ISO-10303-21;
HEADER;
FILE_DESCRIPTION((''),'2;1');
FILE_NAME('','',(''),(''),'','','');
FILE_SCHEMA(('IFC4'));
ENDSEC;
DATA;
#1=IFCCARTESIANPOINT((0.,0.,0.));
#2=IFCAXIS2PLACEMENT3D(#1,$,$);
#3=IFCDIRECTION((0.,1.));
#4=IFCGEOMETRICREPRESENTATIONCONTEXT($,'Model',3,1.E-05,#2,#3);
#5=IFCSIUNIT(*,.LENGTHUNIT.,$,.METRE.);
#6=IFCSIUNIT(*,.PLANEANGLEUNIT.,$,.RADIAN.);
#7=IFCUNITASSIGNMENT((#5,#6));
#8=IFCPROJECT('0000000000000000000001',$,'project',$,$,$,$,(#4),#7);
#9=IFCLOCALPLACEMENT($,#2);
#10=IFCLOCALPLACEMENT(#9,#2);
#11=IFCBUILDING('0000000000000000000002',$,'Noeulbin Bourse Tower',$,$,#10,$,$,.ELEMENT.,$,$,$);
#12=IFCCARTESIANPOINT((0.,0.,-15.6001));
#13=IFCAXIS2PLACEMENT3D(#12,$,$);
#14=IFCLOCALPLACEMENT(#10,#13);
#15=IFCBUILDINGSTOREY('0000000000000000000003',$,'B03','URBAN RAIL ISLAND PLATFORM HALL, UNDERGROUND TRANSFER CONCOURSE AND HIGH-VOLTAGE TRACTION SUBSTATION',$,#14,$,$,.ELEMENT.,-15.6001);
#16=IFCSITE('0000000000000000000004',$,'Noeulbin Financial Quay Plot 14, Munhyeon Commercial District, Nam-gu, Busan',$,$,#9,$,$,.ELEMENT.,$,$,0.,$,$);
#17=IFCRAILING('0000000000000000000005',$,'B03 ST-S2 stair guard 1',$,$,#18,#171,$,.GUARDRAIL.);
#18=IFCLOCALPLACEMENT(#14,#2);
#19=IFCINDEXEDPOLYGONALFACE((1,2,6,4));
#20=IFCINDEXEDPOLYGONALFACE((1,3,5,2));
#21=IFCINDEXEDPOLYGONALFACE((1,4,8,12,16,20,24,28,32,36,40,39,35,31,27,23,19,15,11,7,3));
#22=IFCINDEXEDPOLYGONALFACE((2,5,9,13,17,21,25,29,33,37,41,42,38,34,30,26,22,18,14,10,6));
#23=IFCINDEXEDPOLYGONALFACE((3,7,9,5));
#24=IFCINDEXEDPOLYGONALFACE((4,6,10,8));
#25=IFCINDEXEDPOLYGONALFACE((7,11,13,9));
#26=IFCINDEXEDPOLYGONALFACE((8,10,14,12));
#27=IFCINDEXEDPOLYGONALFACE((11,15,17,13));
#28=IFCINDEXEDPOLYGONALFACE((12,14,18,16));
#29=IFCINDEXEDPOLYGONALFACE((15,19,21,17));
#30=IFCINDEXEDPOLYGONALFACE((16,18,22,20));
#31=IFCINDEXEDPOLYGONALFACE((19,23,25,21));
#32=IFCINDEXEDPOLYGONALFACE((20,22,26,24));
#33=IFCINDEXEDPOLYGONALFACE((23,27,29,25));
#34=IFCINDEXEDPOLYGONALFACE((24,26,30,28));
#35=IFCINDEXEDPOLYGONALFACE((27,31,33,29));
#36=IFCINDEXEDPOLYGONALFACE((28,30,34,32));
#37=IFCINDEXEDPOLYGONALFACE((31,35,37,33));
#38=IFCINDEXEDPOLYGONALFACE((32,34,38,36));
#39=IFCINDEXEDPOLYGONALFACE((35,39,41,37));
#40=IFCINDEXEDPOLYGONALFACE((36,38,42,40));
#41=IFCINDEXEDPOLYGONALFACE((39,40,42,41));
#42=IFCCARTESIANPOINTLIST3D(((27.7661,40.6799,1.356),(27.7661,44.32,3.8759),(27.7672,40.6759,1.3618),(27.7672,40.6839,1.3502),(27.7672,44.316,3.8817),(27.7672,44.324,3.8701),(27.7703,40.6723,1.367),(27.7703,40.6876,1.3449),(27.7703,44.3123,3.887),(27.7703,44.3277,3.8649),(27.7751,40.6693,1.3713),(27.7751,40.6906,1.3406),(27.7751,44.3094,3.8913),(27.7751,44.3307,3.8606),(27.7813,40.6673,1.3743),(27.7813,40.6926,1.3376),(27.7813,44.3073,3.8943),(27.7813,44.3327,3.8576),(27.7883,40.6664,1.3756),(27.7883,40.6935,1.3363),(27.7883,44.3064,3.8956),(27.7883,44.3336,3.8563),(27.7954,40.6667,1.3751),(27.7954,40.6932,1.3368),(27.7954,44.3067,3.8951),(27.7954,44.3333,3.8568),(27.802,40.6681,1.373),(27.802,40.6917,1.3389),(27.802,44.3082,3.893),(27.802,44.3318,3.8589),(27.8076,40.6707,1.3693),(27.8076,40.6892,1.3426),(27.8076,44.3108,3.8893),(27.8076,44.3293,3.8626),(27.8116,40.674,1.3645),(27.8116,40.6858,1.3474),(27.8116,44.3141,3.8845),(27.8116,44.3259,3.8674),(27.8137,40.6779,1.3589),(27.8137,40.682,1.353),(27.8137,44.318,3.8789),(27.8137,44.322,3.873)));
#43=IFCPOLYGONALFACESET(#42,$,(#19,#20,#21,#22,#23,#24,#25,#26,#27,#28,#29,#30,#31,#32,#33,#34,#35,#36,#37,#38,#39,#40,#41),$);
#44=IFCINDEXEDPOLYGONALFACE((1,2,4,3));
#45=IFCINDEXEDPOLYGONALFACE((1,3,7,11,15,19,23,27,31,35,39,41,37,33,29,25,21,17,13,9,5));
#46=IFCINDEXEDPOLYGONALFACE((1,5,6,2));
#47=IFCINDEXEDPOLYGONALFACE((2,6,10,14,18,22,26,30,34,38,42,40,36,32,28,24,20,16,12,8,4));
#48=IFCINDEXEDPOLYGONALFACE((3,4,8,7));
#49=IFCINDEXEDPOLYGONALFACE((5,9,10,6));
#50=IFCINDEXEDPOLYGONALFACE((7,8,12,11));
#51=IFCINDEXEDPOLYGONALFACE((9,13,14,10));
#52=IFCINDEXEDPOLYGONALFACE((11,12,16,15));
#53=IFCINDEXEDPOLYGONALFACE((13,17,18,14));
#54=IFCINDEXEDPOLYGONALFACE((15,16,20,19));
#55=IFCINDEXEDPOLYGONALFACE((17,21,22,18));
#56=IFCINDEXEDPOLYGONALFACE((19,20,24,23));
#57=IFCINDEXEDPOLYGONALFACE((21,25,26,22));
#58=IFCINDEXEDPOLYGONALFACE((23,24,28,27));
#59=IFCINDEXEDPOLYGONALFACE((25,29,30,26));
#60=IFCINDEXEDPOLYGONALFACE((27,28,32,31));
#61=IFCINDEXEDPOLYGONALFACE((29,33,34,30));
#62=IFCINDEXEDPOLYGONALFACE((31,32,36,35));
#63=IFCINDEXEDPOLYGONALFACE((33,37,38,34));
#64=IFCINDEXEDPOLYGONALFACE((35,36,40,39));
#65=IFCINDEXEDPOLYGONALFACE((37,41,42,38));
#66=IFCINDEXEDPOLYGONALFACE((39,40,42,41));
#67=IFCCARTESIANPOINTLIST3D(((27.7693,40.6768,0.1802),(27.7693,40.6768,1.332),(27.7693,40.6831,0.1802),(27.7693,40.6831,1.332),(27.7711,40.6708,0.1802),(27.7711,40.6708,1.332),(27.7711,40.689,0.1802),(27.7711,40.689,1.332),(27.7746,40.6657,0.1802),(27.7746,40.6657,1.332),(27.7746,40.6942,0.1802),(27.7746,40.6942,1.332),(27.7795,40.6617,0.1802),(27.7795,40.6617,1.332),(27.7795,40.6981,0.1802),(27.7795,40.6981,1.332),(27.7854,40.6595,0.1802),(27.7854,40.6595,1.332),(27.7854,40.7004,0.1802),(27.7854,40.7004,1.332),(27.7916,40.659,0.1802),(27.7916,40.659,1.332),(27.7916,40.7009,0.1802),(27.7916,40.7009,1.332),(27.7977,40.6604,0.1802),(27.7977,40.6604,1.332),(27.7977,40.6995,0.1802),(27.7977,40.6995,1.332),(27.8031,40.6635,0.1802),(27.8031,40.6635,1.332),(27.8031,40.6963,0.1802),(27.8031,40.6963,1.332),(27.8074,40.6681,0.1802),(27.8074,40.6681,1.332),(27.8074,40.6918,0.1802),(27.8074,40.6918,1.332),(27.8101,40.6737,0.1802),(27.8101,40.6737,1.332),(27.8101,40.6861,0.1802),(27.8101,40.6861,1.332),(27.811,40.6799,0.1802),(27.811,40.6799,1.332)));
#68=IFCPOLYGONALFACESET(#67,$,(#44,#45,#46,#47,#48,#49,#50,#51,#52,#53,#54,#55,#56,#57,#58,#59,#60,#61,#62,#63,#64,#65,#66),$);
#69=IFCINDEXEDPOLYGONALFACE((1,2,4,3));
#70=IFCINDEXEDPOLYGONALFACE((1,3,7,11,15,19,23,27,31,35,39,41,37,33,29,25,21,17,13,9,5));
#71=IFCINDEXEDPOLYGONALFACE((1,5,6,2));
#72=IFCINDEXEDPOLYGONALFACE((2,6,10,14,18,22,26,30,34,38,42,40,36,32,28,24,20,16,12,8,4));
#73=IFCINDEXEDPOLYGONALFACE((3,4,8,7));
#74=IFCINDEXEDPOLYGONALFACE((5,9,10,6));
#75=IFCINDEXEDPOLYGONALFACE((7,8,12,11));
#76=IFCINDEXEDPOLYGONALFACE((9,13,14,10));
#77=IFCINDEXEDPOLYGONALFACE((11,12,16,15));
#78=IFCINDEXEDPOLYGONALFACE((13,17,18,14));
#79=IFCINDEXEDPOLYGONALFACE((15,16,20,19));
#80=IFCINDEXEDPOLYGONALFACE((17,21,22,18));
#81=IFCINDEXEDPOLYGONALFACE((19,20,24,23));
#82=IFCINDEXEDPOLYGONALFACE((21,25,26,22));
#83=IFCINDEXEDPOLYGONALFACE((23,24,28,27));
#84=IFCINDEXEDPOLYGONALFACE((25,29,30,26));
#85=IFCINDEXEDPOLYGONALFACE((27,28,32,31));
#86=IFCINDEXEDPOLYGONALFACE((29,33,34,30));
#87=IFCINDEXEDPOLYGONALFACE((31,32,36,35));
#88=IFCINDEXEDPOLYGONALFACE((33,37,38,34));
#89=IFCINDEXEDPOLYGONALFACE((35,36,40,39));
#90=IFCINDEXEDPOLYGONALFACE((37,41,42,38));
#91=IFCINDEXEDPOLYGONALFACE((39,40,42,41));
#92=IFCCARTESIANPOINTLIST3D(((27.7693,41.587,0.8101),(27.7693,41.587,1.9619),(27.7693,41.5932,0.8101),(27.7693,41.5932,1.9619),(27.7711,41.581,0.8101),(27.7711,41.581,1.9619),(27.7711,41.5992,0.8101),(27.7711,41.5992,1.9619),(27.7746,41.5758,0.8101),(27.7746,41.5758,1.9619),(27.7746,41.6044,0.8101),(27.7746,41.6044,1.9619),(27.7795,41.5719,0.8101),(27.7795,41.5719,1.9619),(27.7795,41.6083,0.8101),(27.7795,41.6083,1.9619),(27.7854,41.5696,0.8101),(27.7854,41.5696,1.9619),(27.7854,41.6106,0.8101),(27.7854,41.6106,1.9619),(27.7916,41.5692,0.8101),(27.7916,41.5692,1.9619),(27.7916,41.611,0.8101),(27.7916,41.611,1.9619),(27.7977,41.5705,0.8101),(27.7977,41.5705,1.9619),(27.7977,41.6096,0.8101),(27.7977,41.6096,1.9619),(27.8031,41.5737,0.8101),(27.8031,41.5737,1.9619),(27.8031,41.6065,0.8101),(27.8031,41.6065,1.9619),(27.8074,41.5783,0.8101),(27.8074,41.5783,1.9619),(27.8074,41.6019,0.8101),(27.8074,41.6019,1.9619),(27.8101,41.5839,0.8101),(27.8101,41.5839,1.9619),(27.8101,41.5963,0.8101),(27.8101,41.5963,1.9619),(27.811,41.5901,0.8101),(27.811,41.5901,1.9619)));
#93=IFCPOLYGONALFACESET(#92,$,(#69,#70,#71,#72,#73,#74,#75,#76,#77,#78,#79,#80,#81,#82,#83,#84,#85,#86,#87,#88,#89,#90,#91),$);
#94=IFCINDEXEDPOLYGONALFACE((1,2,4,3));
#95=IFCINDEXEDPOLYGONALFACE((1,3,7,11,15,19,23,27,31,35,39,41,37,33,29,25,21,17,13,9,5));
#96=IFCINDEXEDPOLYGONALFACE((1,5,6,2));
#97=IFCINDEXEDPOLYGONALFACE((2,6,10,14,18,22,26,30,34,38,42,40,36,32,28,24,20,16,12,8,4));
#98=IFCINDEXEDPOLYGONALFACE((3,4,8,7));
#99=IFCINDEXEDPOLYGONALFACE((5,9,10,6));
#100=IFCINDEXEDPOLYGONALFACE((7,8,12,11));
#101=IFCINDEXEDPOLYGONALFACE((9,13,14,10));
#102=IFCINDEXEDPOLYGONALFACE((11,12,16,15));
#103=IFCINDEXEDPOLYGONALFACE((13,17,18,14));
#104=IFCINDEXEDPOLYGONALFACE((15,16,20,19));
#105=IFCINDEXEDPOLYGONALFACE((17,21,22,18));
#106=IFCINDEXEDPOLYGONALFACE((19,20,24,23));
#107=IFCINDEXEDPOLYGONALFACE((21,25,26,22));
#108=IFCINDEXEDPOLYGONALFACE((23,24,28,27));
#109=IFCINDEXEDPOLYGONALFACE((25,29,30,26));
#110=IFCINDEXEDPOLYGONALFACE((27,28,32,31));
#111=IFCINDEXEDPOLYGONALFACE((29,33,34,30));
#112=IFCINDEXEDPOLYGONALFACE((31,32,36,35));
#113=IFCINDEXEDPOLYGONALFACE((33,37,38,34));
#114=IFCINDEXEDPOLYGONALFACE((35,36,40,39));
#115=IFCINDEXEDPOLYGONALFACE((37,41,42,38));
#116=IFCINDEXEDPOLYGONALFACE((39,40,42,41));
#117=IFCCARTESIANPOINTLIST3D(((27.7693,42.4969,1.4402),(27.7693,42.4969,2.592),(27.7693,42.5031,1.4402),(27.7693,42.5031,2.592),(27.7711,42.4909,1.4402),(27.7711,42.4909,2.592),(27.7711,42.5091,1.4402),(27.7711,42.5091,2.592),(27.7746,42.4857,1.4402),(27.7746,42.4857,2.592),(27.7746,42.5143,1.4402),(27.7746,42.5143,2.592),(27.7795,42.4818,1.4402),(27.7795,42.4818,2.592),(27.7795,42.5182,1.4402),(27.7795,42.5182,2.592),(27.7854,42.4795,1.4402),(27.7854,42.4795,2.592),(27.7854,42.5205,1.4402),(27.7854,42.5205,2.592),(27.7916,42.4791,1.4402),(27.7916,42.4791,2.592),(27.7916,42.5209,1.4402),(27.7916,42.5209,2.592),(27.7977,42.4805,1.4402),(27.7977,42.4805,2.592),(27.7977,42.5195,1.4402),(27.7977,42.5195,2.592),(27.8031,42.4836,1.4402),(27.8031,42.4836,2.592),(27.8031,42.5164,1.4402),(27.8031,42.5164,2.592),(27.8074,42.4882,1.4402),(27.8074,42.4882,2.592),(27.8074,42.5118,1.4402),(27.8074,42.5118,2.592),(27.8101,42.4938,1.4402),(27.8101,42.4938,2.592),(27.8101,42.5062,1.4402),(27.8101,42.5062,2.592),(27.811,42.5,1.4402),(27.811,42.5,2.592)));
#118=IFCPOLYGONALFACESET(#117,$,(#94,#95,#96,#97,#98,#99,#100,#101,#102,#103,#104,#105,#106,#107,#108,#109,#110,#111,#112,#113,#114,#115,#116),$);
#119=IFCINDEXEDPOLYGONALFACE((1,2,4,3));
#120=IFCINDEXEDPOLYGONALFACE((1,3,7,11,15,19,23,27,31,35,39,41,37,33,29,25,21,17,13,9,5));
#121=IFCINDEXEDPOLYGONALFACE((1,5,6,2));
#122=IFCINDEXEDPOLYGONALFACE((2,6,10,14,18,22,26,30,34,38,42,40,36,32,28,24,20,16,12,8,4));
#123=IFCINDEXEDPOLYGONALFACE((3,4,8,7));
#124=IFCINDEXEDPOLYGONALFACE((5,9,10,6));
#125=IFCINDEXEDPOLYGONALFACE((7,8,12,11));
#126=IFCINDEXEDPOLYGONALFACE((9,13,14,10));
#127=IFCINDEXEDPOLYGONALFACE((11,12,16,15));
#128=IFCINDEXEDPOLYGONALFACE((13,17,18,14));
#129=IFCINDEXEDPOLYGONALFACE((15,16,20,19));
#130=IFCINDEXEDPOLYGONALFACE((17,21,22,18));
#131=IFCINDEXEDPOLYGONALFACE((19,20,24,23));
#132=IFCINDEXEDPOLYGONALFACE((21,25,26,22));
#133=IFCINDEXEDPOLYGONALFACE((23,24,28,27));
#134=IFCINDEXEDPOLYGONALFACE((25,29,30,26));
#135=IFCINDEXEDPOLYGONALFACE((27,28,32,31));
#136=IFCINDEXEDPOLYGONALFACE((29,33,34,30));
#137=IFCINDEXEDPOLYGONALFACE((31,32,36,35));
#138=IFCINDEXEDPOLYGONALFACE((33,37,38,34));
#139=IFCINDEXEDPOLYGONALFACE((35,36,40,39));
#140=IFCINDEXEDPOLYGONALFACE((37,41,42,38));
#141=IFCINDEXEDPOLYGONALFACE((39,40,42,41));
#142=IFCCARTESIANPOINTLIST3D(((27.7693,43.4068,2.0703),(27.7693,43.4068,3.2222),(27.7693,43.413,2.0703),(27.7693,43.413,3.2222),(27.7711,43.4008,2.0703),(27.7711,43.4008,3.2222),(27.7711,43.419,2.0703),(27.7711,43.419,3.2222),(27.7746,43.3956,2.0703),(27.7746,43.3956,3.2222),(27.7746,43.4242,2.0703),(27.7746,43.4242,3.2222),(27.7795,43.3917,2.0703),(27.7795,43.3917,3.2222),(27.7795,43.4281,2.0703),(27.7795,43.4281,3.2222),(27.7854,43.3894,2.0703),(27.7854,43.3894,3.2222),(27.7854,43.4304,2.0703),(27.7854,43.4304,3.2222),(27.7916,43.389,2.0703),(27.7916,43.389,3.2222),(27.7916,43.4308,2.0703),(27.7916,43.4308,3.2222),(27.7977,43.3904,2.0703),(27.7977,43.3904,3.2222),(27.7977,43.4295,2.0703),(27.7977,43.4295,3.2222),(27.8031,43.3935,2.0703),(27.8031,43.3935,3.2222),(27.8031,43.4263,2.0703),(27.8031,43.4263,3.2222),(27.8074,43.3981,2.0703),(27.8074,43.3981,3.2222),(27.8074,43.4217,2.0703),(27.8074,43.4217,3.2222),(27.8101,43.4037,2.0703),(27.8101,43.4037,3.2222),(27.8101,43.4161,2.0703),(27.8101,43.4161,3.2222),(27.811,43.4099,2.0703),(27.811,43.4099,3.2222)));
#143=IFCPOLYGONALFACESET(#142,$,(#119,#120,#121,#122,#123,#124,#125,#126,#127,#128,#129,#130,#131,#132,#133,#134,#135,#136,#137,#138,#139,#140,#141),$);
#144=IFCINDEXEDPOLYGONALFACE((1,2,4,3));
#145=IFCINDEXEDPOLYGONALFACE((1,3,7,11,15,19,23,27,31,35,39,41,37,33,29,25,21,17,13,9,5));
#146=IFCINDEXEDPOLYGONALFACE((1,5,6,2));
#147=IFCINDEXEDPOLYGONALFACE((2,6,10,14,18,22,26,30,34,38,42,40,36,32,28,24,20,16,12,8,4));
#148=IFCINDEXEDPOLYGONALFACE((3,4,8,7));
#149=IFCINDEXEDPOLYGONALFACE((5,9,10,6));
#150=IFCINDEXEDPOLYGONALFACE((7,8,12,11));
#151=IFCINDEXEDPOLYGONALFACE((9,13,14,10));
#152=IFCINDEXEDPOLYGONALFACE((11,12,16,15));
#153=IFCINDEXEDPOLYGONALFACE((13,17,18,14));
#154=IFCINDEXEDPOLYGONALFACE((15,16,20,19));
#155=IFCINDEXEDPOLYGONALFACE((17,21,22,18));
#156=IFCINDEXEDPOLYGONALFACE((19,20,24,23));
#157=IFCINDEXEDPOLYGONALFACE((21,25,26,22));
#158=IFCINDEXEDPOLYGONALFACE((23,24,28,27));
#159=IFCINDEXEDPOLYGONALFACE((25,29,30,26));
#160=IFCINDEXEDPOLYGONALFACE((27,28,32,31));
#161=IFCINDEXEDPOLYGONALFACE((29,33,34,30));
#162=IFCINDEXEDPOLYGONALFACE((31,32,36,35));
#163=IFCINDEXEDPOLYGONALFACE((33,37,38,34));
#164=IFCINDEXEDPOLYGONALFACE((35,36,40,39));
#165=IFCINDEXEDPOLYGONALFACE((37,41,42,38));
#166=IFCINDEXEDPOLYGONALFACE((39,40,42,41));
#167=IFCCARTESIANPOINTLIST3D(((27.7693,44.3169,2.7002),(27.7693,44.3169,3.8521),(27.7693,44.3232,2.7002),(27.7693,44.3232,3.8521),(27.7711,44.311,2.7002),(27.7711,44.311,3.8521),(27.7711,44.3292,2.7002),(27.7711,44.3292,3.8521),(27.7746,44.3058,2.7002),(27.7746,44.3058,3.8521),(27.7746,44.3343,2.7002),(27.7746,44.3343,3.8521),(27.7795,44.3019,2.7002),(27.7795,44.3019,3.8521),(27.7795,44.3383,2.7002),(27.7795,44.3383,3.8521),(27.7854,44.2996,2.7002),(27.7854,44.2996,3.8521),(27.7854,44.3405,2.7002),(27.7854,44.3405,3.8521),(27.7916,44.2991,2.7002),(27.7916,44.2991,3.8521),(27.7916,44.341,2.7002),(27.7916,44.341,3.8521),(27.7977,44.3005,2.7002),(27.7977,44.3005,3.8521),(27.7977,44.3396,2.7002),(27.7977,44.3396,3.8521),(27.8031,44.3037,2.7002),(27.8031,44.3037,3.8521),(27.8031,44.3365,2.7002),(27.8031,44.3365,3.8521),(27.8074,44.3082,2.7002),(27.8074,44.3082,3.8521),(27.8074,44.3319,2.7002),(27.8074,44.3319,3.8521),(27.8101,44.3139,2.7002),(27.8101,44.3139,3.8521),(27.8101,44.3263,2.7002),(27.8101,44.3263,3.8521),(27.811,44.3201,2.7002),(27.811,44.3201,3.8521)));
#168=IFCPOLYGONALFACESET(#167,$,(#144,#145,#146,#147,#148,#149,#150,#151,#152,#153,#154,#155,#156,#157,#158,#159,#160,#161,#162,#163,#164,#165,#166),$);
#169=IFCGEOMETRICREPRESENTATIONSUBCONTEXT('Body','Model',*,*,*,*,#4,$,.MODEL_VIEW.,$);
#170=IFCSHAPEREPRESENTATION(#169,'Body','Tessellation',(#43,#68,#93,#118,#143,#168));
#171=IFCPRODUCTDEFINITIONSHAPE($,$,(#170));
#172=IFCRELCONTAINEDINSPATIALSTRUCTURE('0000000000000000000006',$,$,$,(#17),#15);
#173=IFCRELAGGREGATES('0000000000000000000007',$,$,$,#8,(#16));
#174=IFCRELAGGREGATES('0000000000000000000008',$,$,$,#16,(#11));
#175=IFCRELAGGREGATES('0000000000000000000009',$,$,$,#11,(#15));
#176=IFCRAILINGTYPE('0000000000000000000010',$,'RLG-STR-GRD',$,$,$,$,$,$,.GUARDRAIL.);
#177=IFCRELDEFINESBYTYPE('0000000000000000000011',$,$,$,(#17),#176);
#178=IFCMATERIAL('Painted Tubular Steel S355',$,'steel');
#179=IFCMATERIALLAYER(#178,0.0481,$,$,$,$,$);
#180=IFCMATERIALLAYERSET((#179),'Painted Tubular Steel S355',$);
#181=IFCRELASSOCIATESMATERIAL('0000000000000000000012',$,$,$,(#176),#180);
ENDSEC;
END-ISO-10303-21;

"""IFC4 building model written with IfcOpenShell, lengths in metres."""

from ifc_helpers import new_model, si_unit, direction, frame, origin, origin_2d, place, context, subcontext, project, spatial, circle, extrude, material, layer, layer_set, type_object, element, save


model = new_model("IFC4")

# Units and contexts
model_context = context("Model", 3, precision=1e-05, world=origin(), true_north=direction((0.0, 1.0)))
body_context = subcontext(model_context, "Body", "Model", "MODEL_VIEW")
ifc_project = project(units=[si_unit("LENGTHUNIT", "METRE"), si_unit("PLANEANGLEUNIT", "RADIAN")], contexts=[model_context])

# Site, building, storey
site_placement = place(None, origin())
site = spatial("IfcSite", under=ifc_project, at=site_placement, Name="Noeulbin Financial Quay Plot 14, Munhyeon Commercial District, Nam-gu, Busan", CompositionType="ELEMENT", RefElevation=0.0)
building_placement = place(site_placement, origin())
building = spatial("IfcBuilding", under=site, at=building_placement, Name="Noeulbin Bourse Tower", CompositionType="ELEMENT")
storey_placement = place(building_placement, frame((0.0, 0.0, -15.6001)))
storey = spatial("IfcBuildingStorey", under=building, at=storey_placement, Name="B03", Description="URBAN RAIL ISLAND PLATFORM HALL, UNDERGROUND TRANSFER CONCOURSE AND HIGH-VOLTAGE TRACTION SUBSTATION", CompositionType="ELEMENT", Elevation=-15.6001)

# Railing
ifc_material_1 = material(Name="Painted Tubular Steel S355", Category="steel")
ifc_layer_1 = layer(ifc_material_1, 0.0481)
ifc_layer_set_1 = layer_set([ifc_layer_1], Name="Painted Tubular Steel S355")
railing_type_1 = type_object("IfcRailingType", Name="RLG-STR-GRD", PredefinedType="GUARDRAIL", material=ifc_layer_set_1)
railing_1_placement = place(storey_placement, frame((27.79, 40.6799, 0.1802)))
element("IfcRailing", 1, at=railing_1_placement, inside=storey, type_object=railing_type_1, Name="B03 ST-S2 stair guard 1", PredefinedType="GUARDRAIL", context=body_context, shape_type="SweptSolid", body=[
    extrude(circle(Radius=0.0239, at=origin_2d()), frame((0.0, 0.0, 1.1758), z_axis=(0.0, 0.8222, 0.569199), x_axis=(-1.0, 0.0, 0.0)), (0.0, 0.0, 1.0), 4.4272),
    extrude(circle(Radius=0.021, at=origin_2d()), origin(), (0.0, 0.0, 1.0), 1.1519),
    extrude(circle(Radius=0.021, at=origin_2d()), frame((0.0, 0.9102, 0.6299)), (0.0, 0.0, 1.0), 1.1519),
    extrude(circle(Radius=0.021, at=origin_2d()), frame((0.0, 1.8201, 1.26)), (0.0, 0.0, 1.0), 1.1519),
    extrude(circle(Radius=0.021, at=origin_2d()), frame((0.0, 2.73, 1.8901)), (0.0, 0.0, 1.0), 1.1519),
    extrude(circle(Radius=0.021, at=origin_2d()), frame((0.0, 3.6401, 2.52)), (0.0, 0.0, 1.0), 1.1519),
])

save(model, "model.ifc")
